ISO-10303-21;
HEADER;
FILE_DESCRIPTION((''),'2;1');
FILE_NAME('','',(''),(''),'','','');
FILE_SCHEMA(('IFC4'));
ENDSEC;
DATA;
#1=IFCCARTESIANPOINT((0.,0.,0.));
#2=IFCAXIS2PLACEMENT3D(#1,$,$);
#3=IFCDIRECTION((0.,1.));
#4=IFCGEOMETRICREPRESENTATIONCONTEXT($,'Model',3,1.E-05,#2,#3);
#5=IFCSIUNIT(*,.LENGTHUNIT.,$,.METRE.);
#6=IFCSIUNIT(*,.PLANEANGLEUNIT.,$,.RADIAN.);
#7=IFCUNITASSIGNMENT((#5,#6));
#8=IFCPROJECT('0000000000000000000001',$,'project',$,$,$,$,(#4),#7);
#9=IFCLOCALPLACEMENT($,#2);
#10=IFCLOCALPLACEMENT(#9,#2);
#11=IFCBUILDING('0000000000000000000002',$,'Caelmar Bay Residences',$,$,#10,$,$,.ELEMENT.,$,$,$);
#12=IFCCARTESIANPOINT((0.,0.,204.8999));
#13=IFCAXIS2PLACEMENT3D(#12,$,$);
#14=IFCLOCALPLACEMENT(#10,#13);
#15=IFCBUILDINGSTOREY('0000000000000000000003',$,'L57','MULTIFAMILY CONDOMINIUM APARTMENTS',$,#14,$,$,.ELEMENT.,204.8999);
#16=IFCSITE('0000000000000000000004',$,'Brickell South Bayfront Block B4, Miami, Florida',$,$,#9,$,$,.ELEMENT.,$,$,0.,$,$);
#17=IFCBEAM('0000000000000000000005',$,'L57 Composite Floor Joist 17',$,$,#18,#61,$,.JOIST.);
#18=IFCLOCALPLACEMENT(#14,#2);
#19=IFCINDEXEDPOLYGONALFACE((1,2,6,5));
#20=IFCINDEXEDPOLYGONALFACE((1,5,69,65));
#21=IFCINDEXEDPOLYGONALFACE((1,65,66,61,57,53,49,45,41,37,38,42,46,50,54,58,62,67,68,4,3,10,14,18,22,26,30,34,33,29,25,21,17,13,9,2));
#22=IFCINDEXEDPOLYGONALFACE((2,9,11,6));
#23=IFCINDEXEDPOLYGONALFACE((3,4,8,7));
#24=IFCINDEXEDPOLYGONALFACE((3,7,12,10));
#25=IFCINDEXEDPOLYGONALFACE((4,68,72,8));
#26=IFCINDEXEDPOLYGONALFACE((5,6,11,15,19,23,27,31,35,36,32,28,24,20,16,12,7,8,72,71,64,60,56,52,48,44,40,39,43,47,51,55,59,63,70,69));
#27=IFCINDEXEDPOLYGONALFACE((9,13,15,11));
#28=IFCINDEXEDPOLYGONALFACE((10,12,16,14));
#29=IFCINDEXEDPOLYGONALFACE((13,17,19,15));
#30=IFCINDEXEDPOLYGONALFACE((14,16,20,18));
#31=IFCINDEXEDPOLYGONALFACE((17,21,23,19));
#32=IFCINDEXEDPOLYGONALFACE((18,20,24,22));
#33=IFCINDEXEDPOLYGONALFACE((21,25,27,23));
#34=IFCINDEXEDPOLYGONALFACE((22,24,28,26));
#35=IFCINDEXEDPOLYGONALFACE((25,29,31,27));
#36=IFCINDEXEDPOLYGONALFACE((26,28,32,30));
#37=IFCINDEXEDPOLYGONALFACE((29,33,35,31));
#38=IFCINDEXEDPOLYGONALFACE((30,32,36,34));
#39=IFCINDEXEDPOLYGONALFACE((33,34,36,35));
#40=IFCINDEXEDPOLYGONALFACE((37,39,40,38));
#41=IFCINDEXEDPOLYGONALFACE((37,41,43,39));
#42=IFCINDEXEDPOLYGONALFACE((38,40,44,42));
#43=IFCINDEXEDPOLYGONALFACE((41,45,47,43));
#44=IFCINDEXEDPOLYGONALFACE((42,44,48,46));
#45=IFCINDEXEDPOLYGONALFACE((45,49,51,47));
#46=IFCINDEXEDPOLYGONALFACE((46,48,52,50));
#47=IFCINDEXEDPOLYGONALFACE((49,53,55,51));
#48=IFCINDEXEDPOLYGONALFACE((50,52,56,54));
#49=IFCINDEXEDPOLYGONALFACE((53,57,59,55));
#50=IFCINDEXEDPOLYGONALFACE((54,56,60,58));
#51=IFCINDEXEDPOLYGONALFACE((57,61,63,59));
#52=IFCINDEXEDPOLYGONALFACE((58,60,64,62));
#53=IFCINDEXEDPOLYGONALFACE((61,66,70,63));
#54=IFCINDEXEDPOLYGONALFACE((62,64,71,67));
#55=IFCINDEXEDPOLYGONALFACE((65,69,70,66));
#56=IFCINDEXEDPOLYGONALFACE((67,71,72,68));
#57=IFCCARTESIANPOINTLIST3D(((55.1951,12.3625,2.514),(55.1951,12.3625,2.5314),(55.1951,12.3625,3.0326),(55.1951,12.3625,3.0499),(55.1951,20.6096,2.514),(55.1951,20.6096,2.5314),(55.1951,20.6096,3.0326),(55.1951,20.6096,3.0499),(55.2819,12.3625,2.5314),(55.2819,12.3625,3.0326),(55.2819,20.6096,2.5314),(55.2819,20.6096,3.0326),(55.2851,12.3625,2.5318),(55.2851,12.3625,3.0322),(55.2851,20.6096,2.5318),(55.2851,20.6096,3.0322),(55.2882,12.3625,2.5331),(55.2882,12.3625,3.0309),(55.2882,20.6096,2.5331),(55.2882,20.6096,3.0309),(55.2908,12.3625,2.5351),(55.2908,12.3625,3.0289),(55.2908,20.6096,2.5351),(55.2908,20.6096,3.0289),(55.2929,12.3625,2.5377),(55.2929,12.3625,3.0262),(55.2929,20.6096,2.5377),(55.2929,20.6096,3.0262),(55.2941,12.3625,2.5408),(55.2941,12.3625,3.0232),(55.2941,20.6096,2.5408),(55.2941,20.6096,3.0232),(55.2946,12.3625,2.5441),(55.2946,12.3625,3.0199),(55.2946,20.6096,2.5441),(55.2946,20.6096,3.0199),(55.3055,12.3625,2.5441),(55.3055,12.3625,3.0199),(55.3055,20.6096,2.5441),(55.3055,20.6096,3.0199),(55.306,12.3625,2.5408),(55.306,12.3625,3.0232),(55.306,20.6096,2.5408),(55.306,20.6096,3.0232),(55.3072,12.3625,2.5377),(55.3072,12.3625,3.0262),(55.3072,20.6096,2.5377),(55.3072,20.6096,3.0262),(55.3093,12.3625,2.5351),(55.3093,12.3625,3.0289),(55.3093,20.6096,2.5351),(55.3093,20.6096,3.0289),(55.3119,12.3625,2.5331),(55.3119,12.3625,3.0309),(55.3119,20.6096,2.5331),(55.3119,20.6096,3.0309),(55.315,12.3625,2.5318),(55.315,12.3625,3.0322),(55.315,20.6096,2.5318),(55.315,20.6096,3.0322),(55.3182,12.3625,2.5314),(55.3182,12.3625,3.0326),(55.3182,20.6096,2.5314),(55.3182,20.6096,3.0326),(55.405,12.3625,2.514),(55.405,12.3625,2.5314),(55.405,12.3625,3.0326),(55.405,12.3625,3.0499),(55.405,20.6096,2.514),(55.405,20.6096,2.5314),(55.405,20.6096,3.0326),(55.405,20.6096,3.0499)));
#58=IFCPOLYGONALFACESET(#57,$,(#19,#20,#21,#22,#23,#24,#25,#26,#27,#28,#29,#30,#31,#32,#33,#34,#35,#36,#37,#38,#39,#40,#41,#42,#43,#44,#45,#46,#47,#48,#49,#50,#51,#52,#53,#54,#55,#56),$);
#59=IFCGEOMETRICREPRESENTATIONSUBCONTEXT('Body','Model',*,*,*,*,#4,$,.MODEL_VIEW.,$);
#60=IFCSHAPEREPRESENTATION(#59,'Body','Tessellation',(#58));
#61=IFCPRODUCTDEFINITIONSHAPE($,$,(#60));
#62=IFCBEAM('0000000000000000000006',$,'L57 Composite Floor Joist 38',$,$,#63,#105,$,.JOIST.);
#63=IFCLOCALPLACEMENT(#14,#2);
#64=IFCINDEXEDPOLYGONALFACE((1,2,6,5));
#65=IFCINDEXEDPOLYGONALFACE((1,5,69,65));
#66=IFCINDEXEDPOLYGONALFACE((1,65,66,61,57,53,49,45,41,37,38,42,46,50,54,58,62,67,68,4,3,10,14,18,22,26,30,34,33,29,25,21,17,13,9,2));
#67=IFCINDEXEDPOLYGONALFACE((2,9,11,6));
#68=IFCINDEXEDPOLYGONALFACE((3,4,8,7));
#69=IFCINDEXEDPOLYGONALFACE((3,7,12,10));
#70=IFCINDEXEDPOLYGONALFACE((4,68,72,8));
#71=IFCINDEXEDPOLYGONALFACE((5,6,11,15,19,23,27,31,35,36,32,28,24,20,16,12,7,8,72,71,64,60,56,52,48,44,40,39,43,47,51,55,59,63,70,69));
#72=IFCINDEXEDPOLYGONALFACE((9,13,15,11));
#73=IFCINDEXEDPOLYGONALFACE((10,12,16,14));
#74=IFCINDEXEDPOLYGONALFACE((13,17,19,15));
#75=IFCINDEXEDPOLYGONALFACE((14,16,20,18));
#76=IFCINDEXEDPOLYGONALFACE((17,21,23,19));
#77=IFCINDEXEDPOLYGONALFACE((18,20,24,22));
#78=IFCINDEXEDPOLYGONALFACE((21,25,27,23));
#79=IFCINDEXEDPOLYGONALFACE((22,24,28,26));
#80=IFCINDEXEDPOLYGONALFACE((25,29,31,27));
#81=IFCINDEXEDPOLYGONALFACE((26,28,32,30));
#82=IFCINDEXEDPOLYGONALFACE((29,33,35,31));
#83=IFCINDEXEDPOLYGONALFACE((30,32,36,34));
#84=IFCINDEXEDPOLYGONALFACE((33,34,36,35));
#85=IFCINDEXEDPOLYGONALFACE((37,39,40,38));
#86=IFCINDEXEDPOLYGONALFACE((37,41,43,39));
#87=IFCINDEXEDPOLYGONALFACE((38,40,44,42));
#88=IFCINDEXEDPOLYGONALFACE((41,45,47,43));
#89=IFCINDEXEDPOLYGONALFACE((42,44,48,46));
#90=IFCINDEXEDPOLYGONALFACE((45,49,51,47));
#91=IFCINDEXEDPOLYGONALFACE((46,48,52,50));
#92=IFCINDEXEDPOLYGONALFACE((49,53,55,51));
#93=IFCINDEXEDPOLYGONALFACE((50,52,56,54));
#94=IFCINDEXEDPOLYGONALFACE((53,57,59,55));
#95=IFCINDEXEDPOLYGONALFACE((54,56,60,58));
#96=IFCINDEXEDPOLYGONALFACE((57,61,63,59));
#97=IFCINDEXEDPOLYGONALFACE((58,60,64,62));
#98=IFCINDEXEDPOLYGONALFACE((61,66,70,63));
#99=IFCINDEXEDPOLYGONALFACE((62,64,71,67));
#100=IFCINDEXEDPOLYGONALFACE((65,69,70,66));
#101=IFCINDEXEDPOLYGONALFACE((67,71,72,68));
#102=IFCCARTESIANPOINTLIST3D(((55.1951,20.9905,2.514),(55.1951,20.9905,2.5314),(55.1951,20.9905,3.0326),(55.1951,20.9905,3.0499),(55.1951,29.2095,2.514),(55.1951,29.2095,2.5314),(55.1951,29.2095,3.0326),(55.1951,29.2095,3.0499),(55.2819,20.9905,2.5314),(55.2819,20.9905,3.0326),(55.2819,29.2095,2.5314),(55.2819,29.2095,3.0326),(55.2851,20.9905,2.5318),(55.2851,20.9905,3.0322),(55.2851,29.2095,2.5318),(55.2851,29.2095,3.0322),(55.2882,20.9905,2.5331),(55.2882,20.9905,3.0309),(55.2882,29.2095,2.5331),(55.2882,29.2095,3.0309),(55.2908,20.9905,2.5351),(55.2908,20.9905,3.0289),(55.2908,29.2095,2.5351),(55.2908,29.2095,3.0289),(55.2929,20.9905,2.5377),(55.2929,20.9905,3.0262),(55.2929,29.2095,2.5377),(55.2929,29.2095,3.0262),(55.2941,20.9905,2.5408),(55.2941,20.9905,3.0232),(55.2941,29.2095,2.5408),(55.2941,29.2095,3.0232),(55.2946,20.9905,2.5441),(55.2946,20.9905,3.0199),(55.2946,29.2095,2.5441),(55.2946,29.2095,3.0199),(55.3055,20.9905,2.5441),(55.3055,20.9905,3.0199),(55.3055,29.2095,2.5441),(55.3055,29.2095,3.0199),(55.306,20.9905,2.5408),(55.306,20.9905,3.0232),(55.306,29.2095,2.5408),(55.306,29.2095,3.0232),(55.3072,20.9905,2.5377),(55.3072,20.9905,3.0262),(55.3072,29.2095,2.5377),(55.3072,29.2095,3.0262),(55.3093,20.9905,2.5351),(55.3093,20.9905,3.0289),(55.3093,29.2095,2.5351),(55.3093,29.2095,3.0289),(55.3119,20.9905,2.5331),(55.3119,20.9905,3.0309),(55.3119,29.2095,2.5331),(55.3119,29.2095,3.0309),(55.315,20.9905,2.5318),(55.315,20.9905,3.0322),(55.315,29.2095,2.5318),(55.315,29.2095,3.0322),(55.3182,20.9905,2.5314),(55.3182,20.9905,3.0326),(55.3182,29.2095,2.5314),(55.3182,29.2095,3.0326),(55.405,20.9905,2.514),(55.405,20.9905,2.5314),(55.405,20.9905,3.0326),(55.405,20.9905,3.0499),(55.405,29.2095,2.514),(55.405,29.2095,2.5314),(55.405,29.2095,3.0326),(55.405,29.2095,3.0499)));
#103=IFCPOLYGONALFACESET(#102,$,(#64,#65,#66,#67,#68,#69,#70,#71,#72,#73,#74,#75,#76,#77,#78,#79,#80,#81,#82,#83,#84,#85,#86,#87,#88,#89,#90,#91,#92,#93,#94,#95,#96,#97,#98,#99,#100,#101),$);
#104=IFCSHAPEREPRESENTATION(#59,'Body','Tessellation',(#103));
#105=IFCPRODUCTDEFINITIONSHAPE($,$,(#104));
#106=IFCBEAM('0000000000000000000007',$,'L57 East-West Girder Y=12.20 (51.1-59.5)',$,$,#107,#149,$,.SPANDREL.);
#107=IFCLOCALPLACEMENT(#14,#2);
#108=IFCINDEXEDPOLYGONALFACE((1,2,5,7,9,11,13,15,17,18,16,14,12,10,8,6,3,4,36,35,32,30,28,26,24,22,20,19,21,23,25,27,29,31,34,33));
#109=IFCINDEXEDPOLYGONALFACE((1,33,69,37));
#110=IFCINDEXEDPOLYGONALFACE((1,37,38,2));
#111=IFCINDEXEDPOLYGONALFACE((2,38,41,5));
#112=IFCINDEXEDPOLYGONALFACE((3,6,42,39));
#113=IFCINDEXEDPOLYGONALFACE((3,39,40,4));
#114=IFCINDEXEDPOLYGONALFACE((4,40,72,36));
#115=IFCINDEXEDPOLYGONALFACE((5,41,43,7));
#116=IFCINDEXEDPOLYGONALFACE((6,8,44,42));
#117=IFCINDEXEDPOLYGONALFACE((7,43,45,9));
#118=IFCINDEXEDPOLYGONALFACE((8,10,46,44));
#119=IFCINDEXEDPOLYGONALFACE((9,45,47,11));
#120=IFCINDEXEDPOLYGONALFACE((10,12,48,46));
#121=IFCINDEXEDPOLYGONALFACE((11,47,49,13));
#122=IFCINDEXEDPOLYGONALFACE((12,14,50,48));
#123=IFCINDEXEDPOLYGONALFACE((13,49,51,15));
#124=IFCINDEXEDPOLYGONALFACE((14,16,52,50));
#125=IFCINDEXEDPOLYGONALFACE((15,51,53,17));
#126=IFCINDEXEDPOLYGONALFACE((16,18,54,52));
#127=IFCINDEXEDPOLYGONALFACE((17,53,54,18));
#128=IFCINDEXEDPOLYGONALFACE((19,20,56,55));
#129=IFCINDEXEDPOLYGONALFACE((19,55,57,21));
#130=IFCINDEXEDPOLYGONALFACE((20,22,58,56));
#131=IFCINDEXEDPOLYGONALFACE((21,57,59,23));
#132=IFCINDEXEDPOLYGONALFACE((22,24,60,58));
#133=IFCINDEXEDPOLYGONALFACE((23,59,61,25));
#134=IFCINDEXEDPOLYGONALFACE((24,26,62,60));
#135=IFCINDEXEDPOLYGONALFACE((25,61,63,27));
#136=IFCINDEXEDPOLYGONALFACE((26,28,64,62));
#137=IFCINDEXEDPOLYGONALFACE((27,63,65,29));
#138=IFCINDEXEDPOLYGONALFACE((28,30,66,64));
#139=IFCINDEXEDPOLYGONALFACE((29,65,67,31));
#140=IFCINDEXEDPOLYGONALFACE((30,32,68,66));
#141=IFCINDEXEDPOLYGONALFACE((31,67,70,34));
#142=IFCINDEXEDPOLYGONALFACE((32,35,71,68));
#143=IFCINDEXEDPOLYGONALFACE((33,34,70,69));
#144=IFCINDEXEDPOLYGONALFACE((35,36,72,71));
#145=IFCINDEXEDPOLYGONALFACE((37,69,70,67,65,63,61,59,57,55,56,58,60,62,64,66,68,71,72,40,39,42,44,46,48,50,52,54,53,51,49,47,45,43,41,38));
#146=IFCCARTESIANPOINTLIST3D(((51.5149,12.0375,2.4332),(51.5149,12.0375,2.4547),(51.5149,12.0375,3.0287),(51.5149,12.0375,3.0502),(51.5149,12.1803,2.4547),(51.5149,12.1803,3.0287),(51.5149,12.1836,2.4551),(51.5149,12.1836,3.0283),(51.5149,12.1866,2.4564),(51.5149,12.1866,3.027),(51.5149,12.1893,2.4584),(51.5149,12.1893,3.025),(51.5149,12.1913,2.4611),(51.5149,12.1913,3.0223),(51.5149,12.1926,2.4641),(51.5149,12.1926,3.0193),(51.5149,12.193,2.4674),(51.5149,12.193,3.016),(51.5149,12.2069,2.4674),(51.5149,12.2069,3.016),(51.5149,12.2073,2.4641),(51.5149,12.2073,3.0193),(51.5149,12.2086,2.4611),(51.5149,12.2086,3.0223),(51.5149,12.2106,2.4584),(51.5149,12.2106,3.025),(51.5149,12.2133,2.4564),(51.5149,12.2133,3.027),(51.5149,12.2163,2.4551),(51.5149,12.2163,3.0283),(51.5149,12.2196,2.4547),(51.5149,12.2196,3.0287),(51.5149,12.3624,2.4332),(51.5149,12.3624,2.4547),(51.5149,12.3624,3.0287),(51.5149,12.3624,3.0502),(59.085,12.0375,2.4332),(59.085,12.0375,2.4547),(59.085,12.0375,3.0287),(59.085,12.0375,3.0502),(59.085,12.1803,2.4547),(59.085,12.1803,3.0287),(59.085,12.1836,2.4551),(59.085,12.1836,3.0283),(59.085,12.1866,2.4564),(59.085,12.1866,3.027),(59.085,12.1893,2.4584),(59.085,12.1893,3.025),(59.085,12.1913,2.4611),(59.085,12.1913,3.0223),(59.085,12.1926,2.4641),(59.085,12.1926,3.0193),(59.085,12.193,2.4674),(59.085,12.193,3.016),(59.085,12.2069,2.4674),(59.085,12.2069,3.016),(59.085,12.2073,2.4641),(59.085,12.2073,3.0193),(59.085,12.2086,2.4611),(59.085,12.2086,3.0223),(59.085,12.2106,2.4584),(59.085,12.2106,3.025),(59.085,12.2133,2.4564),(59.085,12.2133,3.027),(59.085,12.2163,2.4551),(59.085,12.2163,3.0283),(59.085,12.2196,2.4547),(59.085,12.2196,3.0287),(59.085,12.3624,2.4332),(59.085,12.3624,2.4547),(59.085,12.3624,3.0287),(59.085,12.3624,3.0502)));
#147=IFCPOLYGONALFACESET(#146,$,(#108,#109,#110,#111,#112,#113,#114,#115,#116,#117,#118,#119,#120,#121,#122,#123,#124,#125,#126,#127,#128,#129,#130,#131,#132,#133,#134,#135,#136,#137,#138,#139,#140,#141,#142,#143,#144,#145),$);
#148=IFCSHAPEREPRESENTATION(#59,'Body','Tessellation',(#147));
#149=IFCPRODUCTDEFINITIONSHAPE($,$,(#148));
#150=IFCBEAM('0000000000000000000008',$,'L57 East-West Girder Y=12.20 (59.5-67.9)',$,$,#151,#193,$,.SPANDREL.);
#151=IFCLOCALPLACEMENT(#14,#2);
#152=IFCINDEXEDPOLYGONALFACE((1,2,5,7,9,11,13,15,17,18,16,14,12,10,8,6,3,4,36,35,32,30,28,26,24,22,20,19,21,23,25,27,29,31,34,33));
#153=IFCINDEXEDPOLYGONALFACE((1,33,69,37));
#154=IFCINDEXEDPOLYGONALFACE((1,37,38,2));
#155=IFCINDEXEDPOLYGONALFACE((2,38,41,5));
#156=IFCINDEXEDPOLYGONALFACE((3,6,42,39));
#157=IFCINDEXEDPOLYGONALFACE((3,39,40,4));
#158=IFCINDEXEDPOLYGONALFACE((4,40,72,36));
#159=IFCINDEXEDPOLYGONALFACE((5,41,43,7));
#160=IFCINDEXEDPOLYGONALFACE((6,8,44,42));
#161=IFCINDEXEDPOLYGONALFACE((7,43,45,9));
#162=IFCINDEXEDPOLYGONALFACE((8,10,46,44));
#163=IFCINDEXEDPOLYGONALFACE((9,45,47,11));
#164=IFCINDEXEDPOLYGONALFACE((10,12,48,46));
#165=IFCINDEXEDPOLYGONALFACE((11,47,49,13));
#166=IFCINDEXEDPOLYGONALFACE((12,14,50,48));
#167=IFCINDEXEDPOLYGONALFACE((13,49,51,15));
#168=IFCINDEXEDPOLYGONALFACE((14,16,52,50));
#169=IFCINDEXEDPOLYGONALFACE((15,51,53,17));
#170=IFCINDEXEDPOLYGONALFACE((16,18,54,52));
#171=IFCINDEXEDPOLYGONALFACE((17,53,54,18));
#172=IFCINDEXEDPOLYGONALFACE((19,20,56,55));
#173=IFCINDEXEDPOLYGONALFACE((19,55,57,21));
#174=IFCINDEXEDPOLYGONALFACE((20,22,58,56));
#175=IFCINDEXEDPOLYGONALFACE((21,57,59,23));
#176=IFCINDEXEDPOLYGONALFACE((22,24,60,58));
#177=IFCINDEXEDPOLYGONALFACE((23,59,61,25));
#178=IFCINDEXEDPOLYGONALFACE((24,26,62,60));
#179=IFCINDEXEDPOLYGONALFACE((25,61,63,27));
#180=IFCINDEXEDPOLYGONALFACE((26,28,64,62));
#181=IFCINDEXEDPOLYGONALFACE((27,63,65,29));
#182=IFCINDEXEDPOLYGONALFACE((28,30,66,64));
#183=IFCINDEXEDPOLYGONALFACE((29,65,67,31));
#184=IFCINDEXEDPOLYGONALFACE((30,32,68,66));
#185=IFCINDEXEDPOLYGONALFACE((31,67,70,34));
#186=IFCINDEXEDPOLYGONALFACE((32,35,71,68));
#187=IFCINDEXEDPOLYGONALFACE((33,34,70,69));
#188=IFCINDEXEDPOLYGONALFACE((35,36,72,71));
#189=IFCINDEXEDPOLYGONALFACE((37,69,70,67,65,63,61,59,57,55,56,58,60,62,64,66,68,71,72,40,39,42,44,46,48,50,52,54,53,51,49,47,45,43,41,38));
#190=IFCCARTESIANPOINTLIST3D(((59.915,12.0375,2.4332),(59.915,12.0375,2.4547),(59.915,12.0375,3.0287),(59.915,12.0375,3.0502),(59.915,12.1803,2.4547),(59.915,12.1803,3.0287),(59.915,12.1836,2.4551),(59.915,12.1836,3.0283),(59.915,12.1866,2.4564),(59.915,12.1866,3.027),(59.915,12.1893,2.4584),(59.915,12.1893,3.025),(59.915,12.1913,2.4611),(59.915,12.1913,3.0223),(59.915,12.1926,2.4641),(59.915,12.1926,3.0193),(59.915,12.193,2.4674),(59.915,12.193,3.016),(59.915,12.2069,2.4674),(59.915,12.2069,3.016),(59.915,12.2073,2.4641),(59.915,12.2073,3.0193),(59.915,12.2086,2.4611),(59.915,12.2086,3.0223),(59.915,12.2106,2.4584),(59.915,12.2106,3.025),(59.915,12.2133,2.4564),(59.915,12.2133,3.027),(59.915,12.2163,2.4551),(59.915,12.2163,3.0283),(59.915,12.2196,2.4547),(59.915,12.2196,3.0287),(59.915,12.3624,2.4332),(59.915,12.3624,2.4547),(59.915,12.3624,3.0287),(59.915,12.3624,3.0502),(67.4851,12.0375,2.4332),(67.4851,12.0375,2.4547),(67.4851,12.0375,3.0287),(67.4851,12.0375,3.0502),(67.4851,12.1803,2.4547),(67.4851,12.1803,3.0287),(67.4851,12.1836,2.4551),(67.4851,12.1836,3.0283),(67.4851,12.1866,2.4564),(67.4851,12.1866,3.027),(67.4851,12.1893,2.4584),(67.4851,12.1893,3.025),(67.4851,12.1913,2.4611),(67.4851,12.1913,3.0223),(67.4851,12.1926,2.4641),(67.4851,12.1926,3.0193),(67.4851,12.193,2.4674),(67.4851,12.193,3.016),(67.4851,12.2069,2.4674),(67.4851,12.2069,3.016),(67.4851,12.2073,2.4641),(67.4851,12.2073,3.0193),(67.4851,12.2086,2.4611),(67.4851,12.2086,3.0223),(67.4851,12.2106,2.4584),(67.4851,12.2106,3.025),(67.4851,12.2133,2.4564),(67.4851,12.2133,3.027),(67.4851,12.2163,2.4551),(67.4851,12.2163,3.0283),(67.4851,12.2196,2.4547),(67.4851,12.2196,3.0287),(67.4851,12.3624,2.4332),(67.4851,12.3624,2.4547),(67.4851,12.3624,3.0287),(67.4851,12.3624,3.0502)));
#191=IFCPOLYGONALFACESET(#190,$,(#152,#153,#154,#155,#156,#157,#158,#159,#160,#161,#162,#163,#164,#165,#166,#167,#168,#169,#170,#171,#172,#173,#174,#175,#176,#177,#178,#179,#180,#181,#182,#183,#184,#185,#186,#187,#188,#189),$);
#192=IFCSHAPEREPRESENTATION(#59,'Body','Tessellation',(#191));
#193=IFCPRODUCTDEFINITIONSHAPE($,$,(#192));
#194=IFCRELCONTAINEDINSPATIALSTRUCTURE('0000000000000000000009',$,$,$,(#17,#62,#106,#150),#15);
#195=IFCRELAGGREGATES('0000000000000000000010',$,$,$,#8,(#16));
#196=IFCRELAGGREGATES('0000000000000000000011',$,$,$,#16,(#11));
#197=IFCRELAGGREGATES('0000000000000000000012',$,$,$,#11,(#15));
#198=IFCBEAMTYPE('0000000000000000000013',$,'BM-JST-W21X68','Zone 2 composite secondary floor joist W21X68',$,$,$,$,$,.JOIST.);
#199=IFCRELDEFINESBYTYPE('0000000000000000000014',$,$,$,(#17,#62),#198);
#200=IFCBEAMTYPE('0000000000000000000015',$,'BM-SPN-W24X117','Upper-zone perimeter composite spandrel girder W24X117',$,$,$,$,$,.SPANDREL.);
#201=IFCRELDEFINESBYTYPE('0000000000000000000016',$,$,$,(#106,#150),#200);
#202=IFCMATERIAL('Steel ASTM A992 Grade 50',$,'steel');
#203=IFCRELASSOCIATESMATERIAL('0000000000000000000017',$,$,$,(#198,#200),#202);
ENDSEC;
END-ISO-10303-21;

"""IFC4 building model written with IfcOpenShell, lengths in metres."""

from ifc_helpers import new_model, si_unit, direction, frame, origin, origin_2d, place, context, subcontext, project, spatial, i_section, extrude, material, material_profile, profile_set, type_object, element, save


model = new_model("IFC4")

# Units and contexts
model_context = context("Model", 3, precision=1e-05, world=origin(), true_north=direction((0.0, 1.0)))
body_context = subcontext(model_context, "Body", "Model", "MODEL_VIEW")
ifc_project = project(units=[si_unit("LENGTHUNIT", "METRE"), si_unit("PLANEANGLEUNIT", "RADIAN")], contexts=[model_context])

# Site, building, storey
site_placement = place(None, origin())
site = spatial("IfcSite", under=ifc_project, at=site_placement, Name="Brickell South Bayfront Block B4, Miami, Florida", CompositionType="ELEMENT", RefElevation=0.0)
building_placement = place(site_placement, origin())
building = spatial("IfcBuilding", under=site, at=building_placement, Name="Caelmar Bay Residences", CompositionType="ELEMENT")
storey_placement = place(building_placement, frame((0.0, 0.0, 204.8999)))
storey = spatial("IfcBuildingStorey", under=building, at=storey_placement, Name="L57", Description="MULTIFAMILY CONDOMINIUM APARTMENTS", CompositionType="ELEMENT", Elevation=204.8999)

# Beams
ifc_material_1 = material(Name="Steel ASTM A992 Grade 50", Category="steel")
ifc_material_profile_1 = material_profile(ifc_material_1, i_section(OverallWidth=0.21, OverallDepth=0.5359, WebThickness=0.011, FlangeThickness=0.0173, FilletRadius=0.0127, at=origin_2d()), Name="W21X68")
ifc_profile_set_1 = profile_set([ifc_material_profile_1], Name="Steel ASTM A992 Grade 50")
beam_type_1 = type_object("IfcBeamType", Name="BM-JST-W21X68", Description="Zone 2 composite secondary floor joist W21X68", PredefinedType="JOIST", material=ifc_profile_set_1)
beam_1_placement = place(storey_placement, frame((55.3, 12.3625, 2.782), z_axis=(0.0, 1.0, 0.0), x_axis=(-1.0, 0.0, 0.0)))
element("IfcBeam", 1, at=beam_1_placement, inside=storey, type_object=beam_type_1, Name="L57 Composite Floor Joist 17", PredefinedType="JOIST", context=body_context, shape_type="SweptSolid", body=[
    extrude(i_section(OverallWidth=0.21, OverallDepth=0.5359, WebThickness=0.011, FlangeThickness=0.0173, FilletRadius=0.0127, at=origin_2d()), origin(), (0.0, 0.0, 1.0), 8.2471),
])
beam_2_placement = place(storey_placement, frame((55.3, 20.9905, 2.782), z_axis=(0.0, 1.0, 0.0), x_axis=(-1.0, 0.0, 0.0)))
element("IfcBeam", 2, at=beam_2_placement, inside=storey, type_object=beam_type_1, Name="L57 Composite Floor Joist 38", PredefinedType="JOIST", context=body_context, shape_type="SweptSolid", body=[
    extrude(i_section(OverallWidth=0.21, OverallDepth=0.5359, WebThickness=0.011, FlangeThickness=0.0173, FilletRadius=0.0127, at=origin_2d()), origin(), (0.0, 0.0, 1.0), 8.219),
])
ifc_material_profile_2 = material_profile(ifc_material_1, i_section(OverallWidth=0.325, OverallDepth=0.6169, WebThickness=0.0139, FlangeThickness=0.0215, FilletRadius=0.0127, at=origin_2d()), Name="W24X117")
ifc_profile_set_2 = profile_set([ifc_material_profile_2], Name="Steel ASTM A992 Grade 50")
beam_type_2 = type_object("IfcBeamType", Name="BM-SPN-W24X117", Description="Upper-zone perimeter composite spandrel girder W24X117", PredefinedType="SPANDREL", material=ifc_profile_set_2)
for number, where, z_axis, x_axis, name in (
    (3, (51.5149, 12.2, 2.7417), (1.0, 0.0, 0.0), (0.0, 1.0, 0.0), "L57 East-West Girder Y=12.20 (51.1-59.5)"),
    (4, (59.915, 12.2, 2.7417), (1.0, 0.0, 0.0), (0.0, 1.0, 0.0), "L57 East-West Girder Y=12.20 (59.5-67.9)"),
):
    element("IfcBeam", number, at=place(storey_placement, frame(where, z_axis=z_axis, x_axis=x_axis)), inside=storey, type_object=beam_type_2, Name=name, PredefinedType="SPANDREL", context=body_context, shape_type="SweptSolid", body=[
        extrude(i_section(OverallWidth=0.325, OverallDepth=0.6169, WebThickness=0.0139, FlangeThickness=0.0215, FilletRadius=0.0127, at=origin_2d()), origin(), (0.0, 0.0, 1.0), 7.5701),
    ])

save(model, "model.ifc")
